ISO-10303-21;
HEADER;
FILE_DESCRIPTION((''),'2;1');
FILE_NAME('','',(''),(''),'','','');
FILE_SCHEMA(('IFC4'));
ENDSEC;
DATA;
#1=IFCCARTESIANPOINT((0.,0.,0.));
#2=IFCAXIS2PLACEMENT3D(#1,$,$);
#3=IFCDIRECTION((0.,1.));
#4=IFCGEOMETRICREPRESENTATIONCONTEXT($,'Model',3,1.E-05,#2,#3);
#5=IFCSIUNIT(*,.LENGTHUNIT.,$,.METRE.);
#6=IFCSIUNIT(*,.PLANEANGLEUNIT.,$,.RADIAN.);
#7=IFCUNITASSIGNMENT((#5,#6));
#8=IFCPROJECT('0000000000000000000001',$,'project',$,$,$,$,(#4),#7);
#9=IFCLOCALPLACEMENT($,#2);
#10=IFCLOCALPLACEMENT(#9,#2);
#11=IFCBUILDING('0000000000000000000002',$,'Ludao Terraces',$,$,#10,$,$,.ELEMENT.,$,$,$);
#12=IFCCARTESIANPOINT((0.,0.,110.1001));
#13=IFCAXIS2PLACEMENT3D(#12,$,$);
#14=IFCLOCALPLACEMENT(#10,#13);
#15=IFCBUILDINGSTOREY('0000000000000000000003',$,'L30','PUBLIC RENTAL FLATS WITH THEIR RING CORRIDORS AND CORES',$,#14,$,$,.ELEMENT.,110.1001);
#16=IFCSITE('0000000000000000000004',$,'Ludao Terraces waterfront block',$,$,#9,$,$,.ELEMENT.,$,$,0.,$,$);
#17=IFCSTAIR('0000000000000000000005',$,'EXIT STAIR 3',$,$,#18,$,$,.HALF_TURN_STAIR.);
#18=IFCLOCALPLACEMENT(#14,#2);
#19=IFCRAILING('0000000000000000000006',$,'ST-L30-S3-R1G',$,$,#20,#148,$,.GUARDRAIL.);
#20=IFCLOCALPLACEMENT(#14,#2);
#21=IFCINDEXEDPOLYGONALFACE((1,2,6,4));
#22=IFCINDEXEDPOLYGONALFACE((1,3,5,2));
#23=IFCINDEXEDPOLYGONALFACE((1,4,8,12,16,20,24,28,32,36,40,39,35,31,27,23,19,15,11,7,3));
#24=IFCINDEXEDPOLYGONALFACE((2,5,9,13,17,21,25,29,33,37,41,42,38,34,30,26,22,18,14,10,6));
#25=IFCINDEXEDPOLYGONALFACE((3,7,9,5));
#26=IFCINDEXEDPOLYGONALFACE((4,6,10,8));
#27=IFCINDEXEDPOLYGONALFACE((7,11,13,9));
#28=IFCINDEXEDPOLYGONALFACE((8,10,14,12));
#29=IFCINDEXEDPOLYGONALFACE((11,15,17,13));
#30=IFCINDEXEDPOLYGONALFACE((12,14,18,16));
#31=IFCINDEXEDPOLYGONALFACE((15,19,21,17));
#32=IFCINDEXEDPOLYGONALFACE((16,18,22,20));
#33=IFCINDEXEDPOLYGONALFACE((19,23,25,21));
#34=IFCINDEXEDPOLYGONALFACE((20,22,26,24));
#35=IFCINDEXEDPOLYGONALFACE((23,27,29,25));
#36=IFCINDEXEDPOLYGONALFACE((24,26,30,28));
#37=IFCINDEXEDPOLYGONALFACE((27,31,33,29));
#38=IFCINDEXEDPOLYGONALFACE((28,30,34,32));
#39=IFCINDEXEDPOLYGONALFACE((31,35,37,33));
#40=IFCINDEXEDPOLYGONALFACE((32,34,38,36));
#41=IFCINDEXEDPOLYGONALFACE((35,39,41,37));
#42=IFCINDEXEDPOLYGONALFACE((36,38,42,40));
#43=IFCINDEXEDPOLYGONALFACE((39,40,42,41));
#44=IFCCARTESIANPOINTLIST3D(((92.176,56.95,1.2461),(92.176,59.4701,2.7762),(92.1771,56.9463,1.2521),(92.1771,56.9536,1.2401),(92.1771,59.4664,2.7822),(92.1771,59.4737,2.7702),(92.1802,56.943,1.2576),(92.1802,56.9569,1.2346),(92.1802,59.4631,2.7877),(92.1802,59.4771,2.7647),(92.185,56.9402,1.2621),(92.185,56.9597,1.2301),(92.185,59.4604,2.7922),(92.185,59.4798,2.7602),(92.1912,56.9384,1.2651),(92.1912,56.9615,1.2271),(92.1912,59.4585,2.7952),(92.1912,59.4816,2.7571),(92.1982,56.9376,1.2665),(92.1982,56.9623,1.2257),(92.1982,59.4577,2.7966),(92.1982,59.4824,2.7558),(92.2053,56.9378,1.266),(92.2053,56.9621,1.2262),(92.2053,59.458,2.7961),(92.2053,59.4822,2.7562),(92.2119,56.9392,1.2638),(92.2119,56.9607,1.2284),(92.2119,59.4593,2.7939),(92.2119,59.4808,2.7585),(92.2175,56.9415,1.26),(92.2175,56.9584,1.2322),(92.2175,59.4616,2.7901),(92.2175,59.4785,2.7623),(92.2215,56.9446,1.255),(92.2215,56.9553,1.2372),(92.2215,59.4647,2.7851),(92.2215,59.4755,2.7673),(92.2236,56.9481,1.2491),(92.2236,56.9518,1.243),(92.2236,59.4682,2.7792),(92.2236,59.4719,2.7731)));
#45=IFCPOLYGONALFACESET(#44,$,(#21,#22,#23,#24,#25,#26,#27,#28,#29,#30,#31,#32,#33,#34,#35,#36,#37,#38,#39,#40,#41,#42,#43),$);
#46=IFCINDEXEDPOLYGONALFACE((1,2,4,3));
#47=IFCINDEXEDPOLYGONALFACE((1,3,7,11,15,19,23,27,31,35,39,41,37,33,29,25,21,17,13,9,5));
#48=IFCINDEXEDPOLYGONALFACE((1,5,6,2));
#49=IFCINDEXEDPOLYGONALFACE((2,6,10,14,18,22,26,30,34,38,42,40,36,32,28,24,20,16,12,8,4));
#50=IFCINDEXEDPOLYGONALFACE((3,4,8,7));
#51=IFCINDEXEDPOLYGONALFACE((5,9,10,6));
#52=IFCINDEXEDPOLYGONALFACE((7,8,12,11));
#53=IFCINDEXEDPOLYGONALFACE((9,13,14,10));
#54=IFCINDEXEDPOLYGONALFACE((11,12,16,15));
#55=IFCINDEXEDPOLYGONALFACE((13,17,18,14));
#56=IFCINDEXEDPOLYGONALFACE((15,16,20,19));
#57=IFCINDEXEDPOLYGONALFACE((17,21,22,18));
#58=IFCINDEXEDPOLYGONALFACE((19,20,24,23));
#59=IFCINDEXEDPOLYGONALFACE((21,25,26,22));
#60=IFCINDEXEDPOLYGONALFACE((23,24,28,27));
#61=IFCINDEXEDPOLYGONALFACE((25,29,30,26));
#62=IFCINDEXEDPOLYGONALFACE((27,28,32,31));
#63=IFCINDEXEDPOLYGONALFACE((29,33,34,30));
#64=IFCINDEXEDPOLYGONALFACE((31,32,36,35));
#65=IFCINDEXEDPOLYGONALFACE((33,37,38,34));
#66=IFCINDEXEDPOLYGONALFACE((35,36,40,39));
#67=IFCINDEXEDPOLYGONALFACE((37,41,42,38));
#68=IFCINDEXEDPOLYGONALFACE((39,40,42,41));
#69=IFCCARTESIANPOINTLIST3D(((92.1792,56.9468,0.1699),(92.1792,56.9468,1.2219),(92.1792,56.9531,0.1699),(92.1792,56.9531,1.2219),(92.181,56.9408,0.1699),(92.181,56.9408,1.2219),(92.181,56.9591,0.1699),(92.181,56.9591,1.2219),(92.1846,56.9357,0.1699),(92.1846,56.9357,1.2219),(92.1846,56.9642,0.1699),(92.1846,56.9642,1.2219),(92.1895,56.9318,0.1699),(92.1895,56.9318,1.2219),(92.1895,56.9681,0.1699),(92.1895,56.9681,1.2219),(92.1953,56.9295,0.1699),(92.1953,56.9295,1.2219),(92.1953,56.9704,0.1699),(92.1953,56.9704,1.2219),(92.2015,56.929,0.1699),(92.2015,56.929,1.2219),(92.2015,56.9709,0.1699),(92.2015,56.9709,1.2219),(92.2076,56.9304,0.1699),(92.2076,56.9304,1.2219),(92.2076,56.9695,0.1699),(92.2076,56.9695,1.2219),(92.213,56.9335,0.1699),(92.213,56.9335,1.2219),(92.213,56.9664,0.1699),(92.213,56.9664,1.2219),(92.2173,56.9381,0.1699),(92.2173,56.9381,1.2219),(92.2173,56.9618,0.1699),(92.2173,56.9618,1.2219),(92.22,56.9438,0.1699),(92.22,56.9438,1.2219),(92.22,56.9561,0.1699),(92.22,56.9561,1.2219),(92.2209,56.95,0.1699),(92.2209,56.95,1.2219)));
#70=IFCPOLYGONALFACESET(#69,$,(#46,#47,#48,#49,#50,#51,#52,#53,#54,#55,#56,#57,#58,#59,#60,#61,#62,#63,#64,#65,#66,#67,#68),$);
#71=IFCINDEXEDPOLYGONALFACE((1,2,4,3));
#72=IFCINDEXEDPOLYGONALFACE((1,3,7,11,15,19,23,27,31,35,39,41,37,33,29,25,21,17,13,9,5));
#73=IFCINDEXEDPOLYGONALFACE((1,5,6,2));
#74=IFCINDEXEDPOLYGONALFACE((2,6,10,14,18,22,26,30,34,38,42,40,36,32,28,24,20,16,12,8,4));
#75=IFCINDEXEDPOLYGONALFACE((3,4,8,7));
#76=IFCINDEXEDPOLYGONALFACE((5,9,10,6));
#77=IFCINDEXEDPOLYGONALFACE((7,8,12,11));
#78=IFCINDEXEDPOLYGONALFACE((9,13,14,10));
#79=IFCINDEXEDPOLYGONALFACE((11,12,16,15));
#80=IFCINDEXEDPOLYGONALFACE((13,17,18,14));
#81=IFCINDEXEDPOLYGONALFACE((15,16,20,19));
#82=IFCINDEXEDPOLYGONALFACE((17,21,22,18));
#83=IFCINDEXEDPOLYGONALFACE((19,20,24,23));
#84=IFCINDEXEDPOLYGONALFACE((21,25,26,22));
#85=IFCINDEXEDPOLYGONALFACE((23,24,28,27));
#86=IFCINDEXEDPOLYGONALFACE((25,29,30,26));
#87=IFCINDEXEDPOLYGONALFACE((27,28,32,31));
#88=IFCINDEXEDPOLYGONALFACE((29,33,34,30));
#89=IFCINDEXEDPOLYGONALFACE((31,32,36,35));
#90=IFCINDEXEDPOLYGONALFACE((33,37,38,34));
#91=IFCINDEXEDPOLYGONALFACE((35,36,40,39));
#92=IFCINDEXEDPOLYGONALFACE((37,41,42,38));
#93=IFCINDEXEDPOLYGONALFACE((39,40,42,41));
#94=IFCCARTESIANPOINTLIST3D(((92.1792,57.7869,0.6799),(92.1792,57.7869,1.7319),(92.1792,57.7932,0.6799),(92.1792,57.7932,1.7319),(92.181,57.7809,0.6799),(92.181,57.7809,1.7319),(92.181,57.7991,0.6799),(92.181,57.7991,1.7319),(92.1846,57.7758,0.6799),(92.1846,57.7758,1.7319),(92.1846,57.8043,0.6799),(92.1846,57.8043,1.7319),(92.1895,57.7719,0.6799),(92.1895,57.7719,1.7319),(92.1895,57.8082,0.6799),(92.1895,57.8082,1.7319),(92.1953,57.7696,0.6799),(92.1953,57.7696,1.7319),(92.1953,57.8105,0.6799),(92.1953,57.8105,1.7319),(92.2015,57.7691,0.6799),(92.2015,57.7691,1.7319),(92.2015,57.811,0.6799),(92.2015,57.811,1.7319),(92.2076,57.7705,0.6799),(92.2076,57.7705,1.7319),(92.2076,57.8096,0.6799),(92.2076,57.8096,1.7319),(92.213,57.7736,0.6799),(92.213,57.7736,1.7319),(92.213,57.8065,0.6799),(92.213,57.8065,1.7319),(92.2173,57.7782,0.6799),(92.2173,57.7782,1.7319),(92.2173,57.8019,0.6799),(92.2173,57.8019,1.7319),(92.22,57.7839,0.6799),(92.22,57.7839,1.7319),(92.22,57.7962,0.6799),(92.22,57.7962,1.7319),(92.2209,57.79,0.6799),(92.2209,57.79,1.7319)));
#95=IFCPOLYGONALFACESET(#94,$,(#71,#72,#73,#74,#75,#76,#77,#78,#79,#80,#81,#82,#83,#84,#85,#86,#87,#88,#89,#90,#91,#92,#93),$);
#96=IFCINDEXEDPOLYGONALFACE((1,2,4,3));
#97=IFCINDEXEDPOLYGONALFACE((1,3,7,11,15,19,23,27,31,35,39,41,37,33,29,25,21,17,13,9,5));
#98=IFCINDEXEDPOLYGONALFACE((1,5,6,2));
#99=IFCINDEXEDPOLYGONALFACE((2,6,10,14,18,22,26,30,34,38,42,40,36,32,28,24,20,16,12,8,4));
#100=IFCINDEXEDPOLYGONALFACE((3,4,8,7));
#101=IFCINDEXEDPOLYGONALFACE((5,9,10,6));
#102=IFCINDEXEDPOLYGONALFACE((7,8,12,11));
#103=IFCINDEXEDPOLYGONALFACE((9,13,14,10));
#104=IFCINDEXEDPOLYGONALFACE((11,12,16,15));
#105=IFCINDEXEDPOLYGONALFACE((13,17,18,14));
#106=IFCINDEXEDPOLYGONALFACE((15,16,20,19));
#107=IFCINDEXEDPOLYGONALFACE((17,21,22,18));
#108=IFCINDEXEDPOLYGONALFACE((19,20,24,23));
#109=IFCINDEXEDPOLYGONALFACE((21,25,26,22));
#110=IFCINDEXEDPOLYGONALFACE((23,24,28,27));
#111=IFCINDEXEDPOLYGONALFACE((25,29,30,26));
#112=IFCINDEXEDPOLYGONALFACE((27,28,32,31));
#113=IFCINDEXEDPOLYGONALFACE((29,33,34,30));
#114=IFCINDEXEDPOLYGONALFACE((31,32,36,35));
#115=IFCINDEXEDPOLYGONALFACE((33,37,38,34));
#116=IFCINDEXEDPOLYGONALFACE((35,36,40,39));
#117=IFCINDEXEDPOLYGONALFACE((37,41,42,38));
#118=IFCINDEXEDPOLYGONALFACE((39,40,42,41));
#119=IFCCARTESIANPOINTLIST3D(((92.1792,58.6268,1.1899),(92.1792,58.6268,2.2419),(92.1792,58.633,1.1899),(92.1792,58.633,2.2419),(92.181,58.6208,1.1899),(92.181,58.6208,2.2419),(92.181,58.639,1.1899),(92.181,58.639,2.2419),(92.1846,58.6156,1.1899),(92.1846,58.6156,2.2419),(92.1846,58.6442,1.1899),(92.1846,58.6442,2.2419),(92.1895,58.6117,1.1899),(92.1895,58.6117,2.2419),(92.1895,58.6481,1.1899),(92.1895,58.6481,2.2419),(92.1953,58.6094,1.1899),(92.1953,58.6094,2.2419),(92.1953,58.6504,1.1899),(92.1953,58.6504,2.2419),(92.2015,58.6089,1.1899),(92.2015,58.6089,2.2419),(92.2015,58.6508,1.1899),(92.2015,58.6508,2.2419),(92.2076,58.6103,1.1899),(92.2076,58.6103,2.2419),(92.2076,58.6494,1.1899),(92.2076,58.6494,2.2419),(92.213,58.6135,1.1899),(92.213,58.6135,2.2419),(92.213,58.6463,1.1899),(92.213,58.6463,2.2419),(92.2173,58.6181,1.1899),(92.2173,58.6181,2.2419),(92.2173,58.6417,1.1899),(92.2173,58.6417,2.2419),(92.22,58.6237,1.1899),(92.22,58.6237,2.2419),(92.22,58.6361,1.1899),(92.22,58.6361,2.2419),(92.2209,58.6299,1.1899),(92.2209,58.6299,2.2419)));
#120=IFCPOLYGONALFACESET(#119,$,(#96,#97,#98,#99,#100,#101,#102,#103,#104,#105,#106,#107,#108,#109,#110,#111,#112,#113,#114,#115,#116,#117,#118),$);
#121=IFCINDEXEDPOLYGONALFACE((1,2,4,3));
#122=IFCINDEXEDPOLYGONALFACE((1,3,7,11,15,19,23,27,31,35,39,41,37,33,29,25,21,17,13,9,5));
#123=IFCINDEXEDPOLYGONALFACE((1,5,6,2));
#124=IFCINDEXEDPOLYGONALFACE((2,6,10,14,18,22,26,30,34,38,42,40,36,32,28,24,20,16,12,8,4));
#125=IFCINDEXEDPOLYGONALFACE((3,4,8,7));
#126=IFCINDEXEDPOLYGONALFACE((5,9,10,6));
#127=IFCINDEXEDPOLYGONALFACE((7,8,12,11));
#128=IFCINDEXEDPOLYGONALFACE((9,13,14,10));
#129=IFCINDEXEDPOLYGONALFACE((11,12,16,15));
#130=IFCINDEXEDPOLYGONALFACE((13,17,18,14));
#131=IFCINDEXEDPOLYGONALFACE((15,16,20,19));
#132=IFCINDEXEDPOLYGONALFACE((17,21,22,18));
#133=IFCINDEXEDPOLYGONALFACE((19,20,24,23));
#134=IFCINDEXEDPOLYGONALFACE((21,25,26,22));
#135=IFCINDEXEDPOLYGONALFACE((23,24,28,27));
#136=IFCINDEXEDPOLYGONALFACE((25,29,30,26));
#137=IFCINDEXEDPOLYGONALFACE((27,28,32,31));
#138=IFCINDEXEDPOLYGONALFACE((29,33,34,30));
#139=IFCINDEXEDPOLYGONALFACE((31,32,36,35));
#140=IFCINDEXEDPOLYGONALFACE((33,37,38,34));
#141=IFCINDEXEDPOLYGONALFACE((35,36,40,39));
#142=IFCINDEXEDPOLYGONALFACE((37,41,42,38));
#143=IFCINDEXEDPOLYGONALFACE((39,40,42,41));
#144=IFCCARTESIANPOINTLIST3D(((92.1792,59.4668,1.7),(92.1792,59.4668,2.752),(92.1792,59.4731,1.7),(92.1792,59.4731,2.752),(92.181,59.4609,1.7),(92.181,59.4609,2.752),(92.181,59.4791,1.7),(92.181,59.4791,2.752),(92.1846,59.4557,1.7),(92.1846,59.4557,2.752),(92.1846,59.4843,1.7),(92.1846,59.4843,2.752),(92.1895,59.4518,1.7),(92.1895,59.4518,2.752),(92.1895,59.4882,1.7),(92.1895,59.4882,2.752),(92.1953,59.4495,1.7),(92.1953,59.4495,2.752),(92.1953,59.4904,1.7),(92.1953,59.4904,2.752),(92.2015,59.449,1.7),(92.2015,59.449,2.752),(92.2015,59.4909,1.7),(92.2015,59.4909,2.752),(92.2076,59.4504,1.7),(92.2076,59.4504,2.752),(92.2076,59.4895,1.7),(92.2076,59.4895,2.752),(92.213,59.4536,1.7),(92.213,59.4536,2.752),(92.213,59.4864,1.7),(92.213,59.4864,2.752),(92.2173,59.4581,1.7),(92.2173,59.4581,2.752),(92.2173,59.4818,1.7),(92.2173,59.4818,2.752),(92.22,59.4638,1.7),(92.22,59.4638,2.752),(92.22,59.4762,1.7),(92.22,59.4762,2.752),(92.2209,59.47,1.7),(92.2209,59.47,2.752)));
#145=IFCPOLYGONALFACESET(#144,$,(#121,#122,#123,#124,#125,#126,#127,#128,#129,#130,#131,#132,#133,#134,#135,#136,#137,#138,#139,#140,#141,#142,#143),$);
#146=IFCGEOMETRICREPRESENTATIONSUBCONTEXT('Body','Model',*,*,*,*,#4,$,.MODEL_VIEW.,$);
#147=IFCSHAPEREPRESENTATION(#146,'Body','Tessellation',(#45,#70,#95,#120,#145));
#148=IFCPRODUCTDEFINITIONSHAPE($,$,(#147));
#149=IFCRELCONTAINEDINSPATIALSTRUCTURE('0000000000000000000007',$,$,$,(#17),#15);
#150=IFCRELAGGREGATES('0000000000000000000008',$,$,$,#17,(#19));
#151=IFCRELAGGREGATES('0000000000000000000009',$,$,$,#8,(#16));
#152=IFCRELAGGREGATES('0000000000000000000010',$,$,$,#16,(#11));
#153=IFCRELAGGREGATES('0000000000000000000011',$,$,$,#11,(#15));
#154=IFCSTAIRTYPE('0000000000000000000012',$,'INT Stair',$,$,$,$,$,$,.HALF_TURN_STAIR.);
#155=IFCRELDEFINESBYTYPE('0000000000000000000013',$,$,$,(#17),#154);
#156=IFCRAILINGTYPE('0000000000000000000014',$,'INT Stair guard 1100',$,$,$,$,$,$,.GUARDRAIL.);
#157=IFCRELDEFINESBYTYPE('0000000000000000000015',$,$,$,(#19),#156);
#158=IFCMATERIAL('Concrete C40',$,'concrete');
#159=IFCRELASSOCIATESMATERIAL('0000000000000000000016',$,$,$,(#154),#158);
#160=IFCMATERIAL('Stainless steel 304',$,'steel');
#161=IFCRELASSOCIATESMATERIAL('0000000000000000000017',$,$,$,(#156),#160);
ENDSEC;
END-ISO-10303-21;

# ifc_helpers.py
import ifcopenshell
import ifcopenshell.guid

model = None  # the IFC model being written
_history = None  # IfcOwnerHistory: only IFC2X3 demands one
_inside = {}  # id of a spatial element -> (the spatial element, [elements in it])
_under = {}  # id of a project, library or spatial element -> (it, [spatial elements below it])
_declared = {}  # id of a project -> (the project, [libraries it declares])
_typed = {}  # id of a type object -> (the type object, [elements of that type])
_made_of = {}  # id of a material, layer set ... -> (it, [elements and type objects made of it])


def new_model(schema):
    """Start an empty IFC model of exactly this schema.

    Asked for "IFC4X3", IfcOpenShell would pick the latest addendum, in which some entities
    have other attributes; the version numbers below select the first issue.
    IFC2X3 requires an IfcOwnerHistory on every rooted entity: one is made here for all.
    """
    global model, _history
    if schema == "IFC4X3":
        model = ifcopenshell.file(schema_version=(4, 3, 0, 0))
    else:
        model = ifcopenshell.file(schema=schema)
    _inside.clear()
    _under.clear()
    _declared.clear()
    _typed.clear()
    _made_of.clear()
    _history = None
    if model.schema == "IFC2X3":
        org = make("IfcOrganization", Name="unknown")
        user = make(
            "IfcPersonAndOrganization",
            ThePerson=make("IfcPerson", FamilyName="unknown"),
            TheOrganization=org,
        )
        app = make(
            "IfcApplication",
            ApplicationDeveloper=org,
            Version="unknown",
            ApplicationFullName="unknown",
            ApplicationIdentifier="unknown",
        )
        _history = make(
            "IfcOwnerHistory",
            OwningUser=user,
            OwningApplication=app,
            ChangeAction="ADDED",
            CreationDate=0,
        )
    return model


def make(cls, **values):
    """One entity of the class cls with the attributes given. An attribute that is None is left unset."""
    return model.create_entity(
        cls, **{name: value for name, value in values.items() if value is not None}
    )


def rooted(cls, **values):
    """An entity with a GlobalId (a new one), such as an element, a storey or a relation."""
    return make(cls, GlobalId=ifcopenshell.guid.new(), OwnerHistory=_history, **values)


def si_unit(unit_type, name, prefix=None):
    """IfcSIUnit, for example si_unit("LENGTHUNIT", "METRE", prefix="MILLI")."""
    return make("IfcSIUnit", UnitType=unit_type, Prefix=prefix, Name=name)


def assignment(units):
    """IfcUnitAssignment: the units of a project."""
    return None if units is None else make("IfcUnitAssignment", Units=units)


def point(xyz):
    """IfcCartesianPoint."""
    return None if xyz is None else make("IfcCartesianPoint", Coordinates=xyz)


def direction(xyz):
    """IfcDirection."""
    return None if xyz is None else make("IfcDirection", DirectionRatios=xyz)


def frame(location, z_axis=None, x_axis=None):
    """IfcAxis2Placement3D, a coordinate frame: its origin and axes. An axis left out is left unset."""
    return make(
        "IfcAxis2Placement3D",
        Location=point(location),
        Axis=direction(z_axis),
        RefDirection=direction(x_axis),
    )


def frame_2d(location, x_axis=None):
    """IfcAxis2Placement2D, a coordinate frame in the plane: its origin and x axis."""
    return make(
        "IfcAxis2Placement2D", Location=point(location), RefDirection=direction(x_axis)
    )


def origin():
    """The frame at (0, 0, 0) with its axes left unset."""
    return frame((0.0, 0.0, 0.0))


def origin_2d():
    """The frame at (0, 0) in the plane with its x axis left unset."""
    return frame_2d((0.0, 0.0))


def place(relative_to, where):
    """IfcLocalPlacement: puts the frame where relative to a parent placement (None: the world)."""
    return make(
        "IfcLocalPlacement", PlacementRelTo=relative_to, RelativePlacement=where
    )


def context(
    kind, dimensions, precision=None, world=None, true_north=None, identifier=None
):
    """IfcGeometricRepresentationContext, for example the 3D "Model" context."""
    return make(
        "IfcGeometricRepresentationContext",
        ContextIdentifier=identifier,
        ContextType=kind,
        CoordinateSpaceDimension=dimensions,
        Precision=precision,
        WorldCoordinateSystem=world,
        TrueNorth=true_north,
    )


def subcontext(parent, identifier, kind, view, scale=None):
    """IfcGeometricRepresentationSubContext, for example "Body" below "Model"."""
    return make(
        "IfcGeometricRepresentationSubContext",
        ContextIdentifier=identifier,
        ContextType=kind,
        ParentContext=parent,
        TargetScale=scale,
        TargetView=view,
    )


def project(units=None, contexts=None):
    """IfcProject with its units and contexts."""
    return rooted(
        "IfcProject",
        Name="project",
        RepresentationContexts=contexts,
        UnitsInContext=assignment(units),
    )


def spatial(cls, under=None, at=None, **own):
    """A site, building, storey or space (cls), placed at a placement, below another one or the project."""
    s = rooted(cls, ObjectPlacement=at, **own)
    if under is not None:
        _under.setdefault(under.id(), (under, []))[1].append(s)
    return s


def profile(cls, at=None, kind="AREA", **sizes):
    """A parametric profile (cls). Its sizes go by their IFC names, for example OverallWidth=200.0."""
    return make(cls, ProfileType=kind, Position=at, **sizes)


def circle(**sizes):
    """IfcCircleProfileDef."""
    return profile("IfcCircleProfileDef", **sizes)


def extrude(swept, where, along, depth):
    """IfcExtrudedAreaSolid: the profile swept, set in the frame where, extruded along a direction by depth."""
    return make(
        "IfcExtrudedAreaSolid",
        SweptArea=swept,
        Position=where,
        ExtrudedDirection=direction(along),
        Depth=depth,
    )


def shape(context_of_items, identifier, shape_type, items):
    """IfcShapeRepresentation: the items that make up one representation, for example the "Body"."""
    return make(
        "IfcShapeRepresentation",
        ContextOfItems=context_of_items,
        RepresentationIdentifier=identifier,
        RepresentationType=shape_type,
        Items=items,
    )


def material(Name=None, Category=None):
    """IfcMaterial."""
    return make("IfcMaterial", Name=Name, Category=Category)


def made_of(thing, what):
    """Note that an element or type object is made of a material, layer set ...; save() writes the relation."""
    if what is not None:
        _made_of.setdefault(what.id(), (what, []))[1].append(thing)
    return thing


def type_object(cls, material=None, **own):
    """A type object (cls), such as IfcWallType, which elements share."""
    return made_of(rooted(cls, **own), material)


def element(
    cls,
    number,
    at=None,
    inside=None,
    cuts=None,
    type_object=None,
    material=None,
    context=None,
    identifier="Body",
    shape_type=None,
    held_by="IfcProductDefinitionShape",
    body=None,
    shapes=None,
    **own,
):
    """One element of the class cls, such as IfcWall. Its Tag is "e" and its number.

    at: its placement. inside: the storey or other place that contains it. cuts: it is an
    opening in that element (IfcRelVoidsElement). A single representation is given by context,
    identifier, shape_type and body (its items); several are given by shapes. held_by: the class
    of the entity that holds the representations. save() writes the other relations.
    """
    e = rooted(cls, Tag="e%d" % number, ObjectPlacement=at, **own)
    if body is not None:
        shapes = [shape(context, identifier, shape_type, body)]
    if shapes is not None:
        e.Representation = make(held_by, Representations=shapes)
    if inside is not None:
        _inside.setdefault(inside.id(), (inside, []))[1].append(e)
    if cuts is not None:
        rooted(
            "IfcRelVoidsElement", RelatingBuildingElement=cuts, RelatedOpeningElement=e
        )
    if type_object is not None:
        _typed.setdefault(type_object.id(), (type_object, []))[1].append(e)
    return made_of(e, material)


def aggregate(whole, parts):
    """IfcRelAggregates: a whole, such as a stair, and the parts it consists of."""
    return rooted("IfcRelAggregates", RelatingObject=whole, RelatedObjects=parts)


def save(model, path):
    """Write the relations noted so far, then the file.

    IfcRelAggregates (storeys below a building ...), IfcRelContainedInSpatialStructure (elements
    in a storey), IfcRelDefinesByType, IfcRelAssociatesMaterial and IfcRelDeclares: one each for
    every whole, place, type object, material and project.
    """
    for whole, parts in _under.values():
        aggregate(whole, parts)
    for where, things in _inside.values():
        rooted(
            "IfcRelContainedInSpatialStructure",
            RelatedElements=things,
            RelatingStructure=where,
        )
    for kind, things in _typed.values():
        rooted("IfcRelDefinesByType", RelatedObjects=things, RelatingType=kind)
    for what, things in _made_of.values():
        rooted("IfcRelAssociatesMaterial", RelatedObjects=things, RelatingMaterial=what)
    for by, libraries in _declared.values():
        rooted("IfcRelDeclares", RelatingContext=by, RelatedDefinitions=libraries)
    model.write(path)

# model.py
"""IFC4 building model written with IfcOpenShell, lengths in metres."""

from ifc_helpers import new_model, si_unit, direction, frame, origin, origin_2d, place, context, subcontext, project, spatial, circle, extrude, material, type_object, element, aggregate, save


model = new_model("IFC4")

# Units and contexts
model_context = context("Model", 3, precision=1e-05, world=origin(), true_north=direction((0.0, 1.0)))
body_context = subcontext(model_context, "Body", "Model", "MODEL_VIEW")
ifc_project = project(units=[si_unit("LENGTHUNIT", "METRE"), si_unit("PLANEANGLEUNIT", "RADIAN")], contexts=[model_context])

# Site, building, storey
site_placement = place(None, origin())
site = spatial("IfcSite", under=ifc_project, at=site_placement, Name="Ludao Terraces waterfront block", CompositionType="ELEMENT", RefElevation=0.0)
building_placement = place(site_placement, origin())
building = spatial("IfcBuilding", under=site, at=building_placement, Name="Ludao Terraces", CompositionType="ELEMENT")
storey_placement = place(building_placement, frame((0.0, 0.0, 110.1001)))
storey = spatial("IfcBuildingStorey", under=building, at=storey_placement, Name="L30", Description="PUBLIC RENTAL FLATS WITH THEIR RING CORRIDORS AND CORES", CompositionType="ELEMENT", Elevation=110.1001)

# Shared definitions
ifc_material_1 = material(Name="Concrete C40", Category="concrete")

# Stair, railing
stair_type = type_object("IfcStairType", Name="INT Stair", PredefinedType="HALF_TURN_STAIR", material=ifc_material_1)
stair_placement = place(storey_placement, origin())
stair = element("IfcStair", 1, at=stair_placement, inside=storey, type_object=stair_type, Name="EXIT STAIR 3", PredefinedType="HALF_TURN_STAIR")
ifc_material_2 = material(Name="Stainless steel 304", Category="steel")
railing_type_1 = type_object("IfcRailingType", Name="INT Stair guard 1100", PredefinedType="GUARDRAIL", material=ifc_material_2)
railing_1_placement = place(storey_placement, frame((92.2, 56.95, 0.1699)))
railing_1 = element("IfcRailing", 2, at=railing_1_placement, type_object=railing_type_1, Name="ST-L30-S3-R1G", PredefinedType="GUARDRAIL", context=body_context, shape_type="SweptSolid", body=[
    extrude(circle(Radius=0.0239, at=origin_2d()), frame((0.0, 0.0, 1.0762), z_axis=(0.0, 0.854785, 0.518982), x_axis=(-1.0, 0.0, 0.0)), (0.0, 0.0, 1.0), 2.9482),
    extrude(circle(Radius=0.021, at=origin_2d()), origin(), (0.0, 0.0, 1.0), 1.052),
    extrude(circle(Radius=0.021, at=origin_2d()), frame((0.0, 0.8401, 0.51)), (0.0, 0.0, 1.0), 1.052),
    extrude(circle(Radius=0.021, at=origin_2d()), frame((0.0, 1.6799, 1.02)), (0.0, 0.0, 1.0), 1.052),
    extrude(circle(Radius=0.021, at=origin_2d()), frame((0.0, 2.52, 1.53)), (0.0, 0.0, 1.0), 1.052),
])
aggregate(stair, [railing_1])

save(model, "model.ifc")
